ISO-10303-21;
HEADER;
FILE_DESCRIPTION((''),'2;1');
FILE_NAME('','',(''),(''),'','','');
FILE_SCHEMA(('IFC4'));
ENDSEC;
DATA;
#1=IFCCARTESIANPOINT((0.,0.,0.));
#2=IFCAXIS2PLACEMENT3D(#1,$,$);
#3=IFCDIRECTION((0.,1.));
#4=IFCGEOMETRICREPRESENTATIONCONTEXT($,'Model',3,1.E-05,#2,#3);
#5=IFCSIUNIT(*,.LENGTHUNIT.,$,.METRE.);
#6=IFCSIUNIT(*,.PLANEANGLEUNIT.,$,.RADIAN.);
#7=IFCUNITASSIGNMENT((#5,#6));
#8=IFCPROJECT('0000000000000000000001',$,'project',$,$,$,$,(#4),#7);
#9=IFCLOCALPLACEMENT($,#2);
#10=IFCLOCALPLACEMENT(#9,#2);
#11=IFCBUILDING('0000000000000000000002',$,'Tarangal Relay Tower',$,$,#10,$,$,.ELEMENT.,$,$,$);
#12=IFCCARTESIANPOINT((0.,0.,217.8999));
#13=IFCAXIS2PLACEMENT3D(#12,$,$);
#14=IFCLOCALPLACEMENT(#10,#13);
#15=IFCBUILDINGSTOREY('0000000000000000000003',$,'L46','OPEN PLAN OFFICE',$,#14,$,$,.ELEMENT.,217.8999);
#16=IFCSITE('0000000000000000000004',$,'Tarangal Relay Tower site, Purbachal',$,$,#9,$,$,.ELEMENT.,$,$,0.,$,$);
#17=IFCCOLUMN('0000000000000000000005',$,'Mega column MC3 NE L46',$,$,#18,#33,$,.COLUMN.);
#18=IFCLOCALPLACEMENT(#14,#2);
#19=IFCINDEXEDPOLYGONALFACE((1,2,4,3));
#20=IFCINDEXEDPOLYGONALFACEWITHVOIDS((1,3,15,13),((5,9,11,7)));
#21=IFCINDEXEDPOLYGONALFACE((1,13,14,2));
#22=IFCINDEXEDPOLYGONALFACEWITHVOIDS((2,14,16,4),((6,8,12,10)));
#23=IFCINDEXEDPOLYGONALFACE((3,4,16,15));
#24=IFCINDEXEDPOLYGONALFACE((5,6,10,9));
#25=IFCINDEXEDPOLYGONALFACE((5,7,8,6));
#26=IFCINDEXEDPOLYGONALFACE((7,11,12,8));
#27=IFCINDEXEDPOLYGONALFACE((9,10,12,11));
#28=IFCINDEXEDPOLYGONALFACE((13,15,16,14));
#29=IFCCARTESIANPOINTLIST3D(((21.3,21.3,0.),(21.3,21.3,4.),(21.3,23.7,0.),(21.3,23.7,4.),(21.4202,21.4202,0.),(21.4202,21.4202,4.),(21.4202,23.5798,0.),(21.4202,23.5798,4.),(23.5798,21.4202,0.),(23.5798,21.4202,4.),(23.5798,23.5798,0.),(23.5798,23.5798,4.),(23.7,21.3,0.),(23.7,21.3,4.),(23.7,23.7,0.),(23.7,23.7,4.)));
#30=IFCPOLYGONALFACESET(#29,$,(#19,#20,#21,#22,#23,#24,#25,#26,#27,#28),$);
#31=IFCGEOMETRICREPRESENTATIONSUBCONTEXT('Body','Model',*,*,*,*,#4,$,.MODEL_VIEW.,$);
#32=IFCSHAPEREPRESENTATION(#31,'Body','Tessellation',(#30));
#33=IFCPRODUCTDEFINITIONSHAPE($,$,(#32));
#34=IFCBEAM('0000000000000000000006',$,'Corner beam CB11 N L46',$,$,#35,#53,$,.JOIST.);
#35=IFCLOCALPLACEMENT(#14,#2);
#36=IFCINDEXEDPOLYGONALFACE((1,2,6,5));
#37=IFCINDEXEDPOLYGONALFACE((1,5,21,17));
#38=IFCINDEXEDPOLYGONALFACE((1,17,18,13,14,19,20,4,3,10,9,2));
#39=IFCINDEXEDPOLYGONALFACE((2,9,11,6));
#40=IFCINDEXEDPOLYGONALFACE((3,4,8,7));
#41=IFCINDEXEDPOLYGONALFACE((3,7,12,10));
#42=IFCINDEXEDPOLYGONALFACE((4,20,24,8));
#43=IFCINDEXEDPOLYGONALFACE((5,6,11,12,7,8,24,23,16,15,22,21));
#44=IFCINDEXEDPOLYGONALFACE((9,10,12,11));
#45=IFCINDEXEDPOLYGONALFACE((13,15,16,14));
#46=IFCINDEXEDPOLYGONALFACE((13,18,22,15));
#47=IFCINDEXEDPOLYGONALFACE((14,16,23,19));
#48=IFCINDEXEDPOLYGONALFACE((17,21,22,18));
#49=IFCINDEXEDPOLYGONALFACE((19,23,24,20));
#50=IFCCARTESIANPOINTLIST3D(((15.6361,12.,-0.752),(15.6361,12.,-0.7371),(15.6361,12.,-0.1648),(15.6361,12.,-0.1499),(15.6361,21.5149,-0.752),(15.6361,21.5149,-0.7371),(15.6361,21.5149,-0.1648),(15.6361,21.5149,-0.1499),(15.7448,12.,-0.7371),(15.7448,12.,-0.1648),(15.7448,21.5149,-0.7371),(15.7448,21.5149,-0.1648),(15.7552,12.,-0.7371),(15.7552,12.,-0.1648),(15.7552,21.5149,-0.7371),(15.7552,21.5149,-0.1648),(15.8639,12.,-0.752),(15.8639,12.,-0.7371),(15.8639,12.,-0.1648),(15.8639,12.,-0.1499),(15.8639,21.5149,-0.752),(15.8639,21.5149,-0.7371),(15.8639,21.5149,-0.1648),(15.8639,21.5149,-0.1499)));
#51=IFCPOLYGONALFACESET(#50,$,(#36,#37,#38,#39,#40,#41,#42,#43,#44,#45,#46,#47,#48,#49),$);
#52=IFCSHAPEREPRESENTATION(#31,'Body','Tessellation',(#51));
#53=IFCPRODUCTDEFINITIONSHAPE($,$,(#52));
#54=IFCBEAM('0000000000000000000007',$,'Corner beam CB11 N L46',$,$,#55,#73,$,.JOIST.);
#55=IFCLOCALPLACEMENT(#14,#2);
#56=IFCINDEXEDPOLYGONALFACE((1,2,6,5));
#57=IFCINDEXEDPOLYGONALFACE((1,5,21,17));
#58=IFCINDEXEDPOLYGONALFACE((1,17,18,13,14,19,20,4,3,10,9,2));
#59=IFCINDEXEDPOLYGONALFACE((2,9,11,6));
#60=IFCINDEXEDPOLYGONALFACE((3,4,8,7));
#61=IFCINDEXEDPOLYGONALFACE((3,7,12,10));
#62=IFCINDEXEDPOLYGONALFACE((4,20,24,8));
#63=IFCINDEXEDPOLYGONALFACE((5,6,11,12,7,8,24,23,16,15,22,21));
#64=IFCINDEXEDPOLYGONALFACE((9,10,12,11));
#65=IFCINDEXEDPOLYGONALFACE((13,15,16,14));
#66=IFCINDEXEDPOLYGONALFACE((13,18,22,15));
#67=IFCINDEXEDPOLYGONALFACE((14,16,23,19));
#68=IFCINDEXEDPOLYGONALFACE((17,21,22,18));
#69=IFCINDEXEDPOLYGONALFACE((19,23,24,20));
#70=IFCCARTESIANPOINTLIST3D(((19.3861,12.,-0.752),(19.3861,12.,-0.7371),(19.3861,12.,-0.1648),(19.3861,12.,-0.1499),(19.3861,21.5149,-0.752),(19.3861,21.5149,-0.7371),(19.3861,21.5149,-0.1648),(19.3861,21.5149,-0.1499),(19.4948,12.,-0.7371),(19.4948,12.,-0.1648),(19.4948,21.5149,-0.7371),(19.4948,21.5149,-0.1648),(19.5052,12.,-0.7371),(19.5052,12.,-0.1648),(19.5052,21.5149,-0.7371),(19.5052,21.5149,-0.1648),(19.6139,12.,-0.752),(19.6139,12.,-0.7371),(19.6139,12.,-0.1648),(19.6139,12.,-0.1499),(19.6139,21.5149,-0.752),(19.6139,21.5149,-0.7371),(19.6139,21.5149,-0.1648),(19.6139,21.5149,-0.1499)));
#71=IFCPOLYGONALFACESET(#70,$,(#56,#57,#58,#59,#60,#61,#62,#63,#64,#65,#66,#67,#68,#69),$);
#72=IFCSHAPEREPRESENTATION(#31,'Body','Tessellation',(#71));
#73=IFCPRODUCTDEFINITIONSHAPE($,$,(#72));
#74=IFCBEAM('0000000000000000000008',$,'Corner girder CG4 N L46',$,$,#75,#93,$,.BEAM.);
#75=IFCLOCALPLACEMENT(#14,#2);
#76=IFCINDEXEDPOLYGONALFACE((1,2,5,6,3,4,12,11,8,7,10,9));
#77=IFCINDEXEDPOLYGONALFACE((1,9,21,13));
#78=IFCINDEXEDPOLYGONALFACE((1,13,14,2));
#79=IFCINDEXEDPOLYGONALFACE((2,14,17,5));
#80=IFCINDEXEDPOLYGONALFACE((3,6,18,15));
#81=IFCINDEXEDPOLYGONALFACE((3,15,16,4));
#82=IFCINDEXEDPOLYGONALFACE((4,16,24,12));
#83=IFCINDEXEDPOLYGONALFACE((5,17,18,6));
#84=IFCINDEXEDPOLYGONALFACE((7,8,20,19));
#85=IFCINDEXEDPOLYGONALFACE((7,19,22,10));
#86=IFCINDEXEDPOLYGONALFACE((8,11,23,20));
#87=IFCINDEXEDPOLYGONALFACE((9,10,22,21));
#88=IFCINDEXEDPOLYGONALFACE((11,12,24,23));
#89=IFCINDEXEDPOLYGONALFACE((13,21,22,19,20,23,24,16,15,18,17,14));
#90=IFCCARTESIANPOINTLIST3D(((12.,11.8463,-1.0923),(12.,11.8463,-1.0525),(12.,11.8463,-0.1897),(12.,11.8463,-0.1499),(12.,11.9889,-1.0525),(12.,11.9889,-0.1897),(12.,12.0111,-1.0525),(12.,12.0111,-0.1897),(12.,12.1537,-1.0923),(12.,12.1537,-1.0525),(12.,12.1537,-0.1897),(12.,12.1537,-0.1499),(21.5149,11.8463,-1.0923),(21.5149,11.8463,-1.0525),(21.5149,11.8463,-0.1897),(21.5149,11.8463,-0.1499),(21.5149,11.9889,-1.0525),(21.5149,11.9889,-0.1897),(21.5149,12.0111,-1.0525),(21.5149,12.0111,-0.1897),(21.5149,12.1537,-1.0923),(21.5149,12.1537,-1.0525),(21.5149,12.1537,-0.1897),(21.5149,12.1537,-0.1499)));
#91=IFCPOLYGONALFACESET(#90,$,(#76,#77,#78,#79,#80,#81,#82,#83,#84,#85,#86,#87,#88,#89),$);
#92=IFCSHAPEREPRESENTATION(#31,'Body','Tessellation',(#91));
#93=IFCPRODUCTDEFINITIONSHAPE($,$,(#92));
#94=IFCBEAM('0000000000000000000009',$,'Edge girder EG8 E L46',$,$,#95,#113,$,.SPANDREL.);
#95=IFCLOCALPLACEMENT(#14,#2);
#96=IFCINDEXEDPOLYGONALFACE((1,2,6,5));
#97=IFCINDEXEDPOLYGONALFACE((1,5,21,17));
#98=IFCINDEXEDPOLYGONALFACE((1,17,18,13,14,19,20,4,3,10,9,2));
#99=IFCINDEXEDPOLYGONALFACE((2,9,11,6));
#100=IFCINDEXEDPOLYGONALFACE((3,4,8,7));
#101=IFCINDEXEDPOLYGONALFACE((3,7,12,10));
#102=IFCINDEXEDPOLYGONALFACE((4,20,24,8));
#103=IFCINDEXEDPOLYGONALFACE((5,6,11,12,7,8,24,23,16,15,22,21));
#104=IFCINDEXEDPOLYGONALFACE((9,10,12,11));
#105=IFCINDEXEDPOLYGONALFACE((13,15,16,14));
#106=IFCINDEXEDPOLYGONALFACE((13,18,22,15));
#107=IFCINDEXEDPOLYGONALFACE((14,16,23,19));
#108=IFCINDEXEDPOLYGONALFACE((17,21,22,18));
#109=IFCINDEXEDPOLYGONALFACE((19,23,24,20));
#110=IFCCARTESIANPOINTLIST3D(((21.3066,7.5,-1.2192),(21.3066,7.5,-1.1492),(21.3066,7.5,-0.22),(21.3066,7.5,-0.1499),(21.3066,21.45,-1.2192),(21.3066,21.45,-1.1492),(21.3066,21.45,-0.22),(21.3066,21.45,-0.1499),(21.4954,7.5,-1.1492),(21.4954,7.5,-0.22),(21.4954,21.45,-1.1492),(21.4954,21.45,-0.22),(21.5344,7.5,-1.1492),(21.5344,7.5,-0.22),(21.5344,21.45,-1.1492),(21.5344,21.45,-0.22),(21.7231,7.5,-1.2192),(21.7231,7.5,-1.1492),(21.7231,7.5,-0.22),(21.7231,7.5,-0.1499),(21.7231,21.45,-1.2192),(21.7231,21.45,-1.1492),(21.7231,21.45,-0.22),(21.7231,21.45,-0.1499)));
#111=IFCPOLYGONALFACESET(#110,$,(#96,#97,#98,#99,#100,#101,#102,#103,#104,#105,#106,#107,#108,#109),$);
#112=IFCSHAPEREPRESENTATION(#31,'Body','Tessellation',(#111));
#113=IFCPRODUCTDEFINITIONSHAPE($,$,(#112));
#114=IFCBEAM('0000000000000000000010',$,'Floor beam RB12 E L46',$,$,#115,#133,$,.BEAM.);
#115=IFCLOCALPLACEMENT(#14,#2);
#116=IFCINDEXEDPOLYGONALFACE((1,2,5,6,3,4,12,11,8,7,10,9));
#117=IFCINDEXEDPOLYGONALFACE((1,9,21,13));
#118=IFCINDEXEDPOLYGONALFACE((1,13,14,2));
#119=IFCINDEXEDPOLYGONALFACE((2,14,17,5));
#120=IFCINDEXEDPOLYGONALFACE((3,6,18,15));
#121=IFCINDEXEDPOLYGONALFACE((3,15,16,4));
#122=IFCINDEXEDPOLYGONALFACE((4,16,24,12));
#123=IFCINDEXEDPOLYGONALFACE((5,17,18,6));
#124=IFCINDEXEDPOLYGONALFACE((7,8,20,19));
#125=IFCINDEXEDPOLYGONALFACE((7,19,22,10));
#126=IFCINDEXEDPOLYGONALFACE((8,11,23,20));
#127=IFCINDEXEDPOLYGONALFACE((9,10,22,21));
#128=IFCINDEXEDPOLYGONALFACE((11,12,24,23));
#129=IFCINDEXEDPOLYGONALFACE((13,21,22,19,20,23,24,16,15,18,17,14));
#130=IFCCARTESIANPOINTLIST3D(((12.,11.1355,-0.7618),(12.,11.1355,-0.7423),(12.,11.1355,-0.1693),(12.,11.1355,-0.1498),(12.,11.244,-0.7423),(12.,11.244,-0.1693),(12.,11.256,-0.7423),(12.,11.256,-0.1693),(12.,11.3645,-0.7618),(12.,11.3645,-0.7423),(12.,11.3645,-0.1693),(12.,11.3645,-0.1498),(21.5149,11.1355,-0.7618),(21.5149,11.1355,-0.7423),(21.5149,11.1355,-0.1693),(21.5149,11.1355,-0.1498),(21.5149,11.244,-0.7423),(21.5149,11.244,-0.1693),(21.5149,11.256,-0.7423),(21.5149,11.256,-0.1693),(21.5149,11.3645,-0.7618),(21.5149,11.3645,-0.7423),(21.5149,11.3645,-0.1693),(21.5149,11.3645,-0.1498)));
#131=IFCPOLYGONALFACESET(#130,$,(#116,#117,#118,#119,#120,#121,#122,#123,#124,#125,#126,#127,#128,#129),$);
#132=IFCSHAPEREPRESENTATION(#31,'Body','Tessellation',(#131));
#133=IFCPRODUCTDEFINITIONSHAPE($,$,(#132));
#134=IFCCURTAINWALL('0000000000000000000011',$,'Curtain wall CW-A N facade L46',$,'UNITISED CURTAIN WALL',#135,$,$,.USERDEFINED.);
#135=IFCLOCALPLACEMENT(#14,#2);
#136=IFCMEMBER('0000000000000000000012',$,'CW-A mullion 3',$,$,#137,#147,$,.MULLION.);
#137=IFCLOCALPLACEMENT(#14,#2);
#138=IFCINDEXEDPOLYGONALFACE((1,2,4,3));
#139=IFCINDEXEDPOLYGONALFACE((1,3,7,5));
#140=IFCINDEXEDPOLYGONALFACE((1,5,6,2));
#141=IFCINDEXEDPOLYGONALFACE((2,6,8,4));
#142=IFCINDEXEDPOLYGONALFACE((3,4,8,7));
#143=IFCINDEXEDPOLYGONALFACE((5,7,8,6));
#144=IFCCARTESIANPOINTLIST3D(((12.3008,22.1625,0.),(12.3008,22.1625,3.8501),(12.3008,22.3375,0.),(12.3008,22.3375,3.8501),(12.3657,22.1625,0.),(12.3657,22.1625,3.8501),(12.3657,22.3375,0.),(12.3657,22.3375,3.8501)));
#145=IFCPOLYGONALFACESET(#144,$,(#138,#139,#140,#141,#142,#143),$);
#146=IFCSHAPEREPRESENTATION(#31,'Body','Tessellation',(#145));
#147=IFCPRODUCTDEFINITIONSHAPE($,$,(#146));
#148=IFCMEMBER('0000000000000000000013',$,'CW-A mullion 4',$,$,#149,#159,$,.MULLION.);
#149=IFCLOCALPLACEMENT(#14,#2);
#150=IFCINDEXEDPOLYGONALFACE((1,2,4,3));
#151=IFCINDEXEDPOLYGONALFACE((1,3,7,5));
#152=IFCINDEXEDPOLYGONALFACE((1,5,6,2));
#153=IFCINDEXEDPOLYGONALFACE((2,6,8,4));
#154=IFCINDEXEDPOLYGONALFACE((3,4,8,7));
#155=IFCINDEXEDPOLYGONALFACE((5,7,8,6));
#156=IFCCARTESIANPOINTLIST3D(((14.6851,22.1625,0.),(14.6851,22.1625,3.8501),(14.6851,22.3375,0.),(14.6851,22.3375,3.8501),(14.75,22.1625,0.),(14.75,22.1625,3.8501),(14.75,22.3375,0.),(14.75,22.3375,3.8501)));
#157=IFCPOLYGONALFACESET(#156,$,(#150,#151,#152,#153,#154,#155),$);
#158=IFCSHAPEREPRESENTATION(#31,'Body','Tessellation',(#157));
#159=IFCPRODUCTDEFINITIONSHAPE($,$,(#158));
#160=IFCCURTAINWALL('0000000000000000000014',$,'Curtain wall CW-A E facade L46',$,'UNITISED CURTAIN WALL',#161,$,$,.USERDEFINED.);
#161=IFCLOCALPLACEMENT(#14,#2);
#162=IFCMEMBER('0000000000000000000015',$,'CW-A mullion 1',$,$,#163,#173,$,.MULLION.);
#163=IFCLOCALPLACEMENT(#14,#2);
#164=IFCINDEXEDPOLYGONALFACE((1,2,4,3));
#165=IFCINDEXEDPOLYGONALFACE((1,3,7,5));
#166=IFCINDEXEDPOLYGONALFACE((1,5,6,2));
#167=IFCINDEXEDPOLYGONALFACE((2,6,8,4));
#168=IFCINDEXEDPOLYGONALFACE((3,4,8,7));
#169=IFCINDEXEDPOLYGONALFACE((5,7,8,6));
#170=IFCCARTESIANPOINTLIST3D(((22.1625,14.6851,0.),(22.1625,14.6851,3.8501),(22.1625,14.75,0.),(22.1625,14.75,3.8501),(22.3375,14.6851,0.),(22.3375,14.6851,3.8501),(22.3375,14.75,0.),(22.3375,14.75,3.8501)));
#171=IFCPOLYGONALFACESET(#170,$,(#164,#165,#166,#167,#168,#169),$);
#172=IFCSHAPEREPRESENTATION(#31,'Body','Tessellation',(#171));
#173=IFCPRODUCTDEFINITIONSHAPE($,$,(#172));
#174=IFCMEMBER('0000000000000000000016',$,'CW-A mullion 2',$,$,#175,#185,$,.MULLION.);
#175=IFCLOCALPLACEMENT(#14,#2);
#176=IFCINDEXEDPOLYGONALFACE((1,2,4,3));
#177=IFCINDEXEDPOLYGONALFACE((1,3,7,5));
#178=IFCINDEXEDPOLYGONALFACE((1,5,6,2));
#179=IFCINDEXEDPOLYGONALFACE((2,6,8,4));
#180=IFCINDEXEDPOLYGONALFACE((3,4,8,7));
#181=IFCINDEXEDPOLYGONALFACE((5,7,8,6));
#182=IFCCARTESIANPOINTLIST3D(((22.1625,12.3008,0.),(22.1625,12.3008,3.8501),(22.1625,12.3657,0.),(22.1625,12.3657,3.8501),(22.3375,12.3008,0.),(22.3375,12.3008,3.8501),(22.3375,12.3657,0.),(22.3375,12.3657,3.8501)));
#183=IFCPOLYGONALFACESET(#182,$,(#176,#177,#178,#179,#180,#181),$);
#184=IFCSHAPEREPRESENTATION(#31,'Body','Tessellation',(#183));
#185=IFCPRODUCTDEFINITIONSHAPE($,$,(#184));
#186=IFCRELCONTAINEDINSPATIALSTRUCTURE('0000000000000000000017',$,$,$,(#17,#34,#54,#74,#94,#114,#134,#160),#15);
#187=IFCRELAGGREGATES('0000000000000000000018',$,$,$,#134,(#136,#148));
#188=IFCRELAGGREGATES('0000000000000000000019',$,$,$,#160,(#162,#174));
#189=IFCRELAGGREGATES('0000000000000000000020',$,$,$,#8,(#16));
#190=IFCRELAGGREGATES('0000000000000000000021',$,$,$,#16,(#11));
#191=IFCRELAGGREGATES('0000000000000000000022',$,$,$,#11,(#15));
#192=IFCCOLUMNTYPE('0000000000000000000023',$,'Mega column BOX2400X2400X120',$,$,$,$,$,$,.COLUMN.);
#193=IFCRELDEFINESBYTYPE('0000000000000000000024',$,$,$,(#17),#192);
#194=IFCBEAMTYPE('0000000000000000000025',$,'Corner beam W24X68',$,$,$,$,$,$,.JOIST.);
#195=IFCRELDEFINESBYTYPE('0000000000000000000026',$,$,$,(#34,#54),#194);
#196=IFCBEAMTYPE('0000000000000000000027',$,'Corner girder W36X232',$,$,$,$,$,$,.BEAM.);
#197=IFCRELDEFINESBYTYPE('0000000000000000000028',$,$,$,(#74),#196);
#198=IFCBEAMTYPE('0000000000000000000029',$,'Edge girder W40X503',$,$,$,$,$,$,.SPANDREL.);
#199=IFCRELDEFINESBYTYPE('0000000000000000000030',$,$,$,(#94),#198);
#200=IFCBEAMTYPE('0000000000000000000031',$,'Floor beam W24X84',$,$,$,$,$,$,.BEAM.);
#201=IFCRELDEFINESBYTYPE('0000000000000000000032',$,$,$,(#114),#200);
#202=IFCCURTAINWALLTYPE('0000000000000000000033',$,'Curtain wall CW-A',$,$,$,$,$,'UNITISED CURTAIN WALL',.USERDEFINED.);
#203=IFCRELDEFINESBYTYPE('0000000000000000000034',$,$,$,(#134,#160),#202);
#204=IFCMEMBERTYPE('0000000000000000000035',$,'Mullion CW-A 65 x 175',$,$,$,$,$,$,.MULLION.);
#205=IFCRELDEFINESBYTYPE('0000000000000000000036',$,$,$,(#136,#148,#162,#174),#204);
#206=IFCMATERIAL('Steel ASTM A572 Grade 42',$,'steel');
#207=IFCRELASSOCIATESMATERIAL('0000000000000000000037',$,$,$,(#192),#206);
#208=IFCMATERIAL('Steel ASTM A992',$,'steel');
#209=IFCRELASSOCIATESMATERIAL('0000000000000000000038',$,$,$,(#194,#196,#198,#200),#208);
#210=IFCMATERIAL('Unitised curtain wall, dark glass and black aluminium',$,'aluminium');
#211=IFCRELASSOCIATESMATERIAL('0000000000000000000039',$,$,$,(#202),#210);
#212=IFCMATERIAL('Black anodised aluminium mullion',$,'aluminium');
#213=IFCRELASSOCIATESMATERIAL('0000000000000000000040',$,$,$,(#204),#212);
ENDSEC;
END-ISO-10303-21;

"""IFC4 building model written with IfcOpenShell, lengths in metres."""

from ifc_helpers import new_model, si_unit, direction, frame, origin, origin_2d, place, context, subcontext, project, spatial, rectangle, hollow_rectangle, i_section, extrude, material, material_profile, profile_set, type_object, element, aggregate, save


model = new_model("IFC4")

# Units and contexts
model_context = context("Model", 3, precision=1e-05, world=origin(), true_north=direction((0.0, 1.0)))
body_context = subcontext(model_context, "Body", "Model", "MODEL_VIEW")
ifc_project = project(units=[si_unit("LENGTHUNIT", "METRE"), si_unit("PLANEANGLEUNIT", "RADIAN")], contexts=[model_context])

# Site, building, storey
site_placement = place(None, origin())
site = spatial("IfcSite", under=ifc_project, at=site_placement, Name="Tarangal Relay Tower site, Purbachal", CompositionType="ELEMENT", RefElevation=0.0)
building_placement = place(site_placement, origin())
building = spatial("IfcBuilding", under=site, at=building_placement, Name="Tarangal Relay Tower", CompositionType="ELEMENT")
storey_placement = place(building_placement, frame((0.0, 0.0, 217.8999)))
storey = spatial("IfcBuildingStorey", under=building, at=storey_placement, Name="L46", Description="OPEN PLAN OFFICE", CompositionType="ELEMENT", Elevation=217.8999)

# Column
ifc_material_1 = material(Name="Steel ASTM A572 Grade 42", Category="steel")
ifc_material_profile_1 = material_profile(ifc_material_1, hollow_rectangle(XDim=2.3999, YDim=2.3999, WallThickness=0.1201, at=origin_2d()), Name="BOX2400X2400X120")
ifc_profile_set_1 = profile_set([ifc_material_profile_1], Name="Steel ASTM A572 Grade 42")
column_type = type_object("IfcColumnType", Name="Mega column BOX2400X2400X120", PredefinedType="COLUMN", material=ifc_profile_set_1)
column_placement = place(storey_placement, frame((22.5, 22.5, 0.0), z_axis=(0.0, 0.0, 1.0), x_axis=(1.0, 0.0, 0.0)))
element("IfcColumn", 1, at=column_placement, inside=storey, type_object=column_type, Name="Mega column MC3 NE L46", PredefinedType="COLUMN", context=body_context, shape_type="SweptSolid", body=[
    extrude(hollow_rectangle(XDim=2.3999, YDim=2.3999, WallThickness=0.1201, at=origin_2d()), origin(), (0.0, 0.0, 1.0), 4.0),
])

# Beams
ifc_material_2 = material(Name="Steel ASTM A992", Category="steel")
ifc_material_profile_2 = material_profile(ifc_material_2, i_section(OverallWidth=0.2278, OverallDepth=0.6021, WebThickness=0.0105, FlangeThickness=0.0149, at=origin_2d()), Name="W24X68")
ifc_profile_set_2 = profile_set([ifc_material_profile_2], Name="Steel ASTM A992")
beam_type_1 = type_object("IfcBeamType", Name="Corner beam W24X68", PredefinedType="JOIST", material=ifc_profile_set_2)
for number, where, z_axis, x_axis, name in (
    (2, (15.75, 12.0, -0.4509), (0.0, 1.0, 0.0), (-1.0, 0.0, 0.0), "Corner beam CB11 N L46"),
    (3, (19.5, 12.0, -0.4509), (0.0, 1.0, 0.0), (-1.0, 0.0, 0.0), "Corner beam CB11 N L46"),
):
    element("IfcBeam", number, at=place(storey_placement, frame(where, z_axis=z_axis, x_axis=x_axis)), inside=storey, type_object=beam_type_1, Name=name, PredefinedType="JOIST", context=body_context, shape_type="SweptSolid", body=[
        extrude(i_section(OverallWidth=0.2278, OverallDepth=0.6021, WebThickness=0.0105, FlangeThickness=0.0149, at=origin_2d()), origin(), (0.0, 0.0, 1.0), 9.5149),
    ])
ifc_material_profile_3 = material_profile(ifc_material_2, i_section(OverallWidth=0.3074, OverallDepth=0.9424, WebThickness=0.0222, FlangeThickness=0.0398, at=origin_2d()), Name="W36X232")
ifc_profile_set_3 = profile_set([ifc_material_profile_3], Name="Steel ASTM A992")
beam_type_2 = type_object("IfcBeamType", Name="Corner girder W36X232", PredefinedType="BEAM", material=ifc_profile_set_3)
beam_1_placement = place(storey_placement, frame((12.0, 12.0, -0.6211), z_axis=(1.0, 0.0, 0.0), x_axis=(0.0, 1.0, 0.0)))
element("IfcBeam", 4, at=beam_1_placement, inside=storey, type_object=beam_type_2, Name="Corner girder CG4 N L46", PredefinedType="BEAM", context=body_context, shape_type="SweptSolid", body=[
    extrude(i_section(OverallWidth=0.3074, OverallDepth=0.9424, WebThickness=0.0222, FlangeThickness=0.0398, at=origin_2d()), origin(), (0.0, 0.0, 1.0), 9.5149),
])
ifc_material_profile_4 = material_profile(ifc_material_2, i_section(OverallWidth=0.4165, OverallDepth=1.0693, WebThickness=0.0391, FlangeThickness=0.0701, at=origin_2d()), Name="W40X503")
ifc_profile_set_4 = profile_set([ifc_material_profile_4], Name="Steel ASTM A992")
beam_type_3 = type_object("IfcBeamType", Name="Edge girder W40X503", PredefinedType="SPANDREL", material=ifc_profile_set_4)
beam_2_placement = place(storey_placement, frame((21.5149, 21.45, -0.6846), z_axis=(0.0, -1.0, 0.0), x_axis=(1.0, 0.0, 0.0)))
element("IfcBeam", 5, at=beam_2_placement, inside=storey, type_object=beam_type_3, Name="Edge girder EG8 E L46", PredefinedType="SPANDREL", context=body_context, shape_type="SweptSolid", body=[
    extrude(i_section(OverallWidth=0.4165, OverallDepth=1.0693, WebThickness=0.0391, FlangeThickness=0.0701, at=origin_2d()), origin(), (0.0, 0.0, 1.0), 13.95),
])
ifc_material_profile_5 = material_profile(ifc_material_2, i_section(OverallWidth=0.229, OverallDepth=0.6121, WebThickness=0.012, FlangeThickness=0.0195, at=origin_2d()), Name="W24X84")
ifc_profile_set_5 = profile_set([ifc_material_profile_5], Name="Steel ASTM A992")
beam_type_4 = type_object("IfcBeamType", Name="Floor beam W24X84", PredefinedType="BEAM", material=ifc_profile_set_5)
beam_3_placement = place(storey_placement, frame((12.0, 11.25, -0.4558), z_axis=(1.0, 0.0, 0.0), x_axis=(0.0, 1.0, 0.0)))
element("IfcBeam", 6, at=beam_3_placement, inside=storey, type_object=beam_type_4, Name="Floor beam RB12 E L46", PredefinedType="BEAM", context=body_context, shape_type="SweptSolid", body=[
    extrude(i_section(OverallWidth=0.229, OverallDepth=0.6121, WebThickness=0.012, FlangeThickness=0.0195, at=origin_2d()), origin(), (0.0, 0.0, 1.0), 9.5149),
])

# Curtain walls, members
ifc_material_3 = material(Name="Unitised curtain wall, dark glass and black aluminium", Category="aluminium")
curtain_wall_type = type_object("IfcCurtainWallType", Name="Curtain wall CW-A", ElementType="UNITISED CURTAIN WALL", PredefinedType="USERDEFINED", material=ifc_material_3)
curtain_wall_1_placement = place(storey_placement, origin())
curtain_wall_1 = element("IfcCurtainWall", 7, at=curtain_wall_1_placement, inside=storey, type_object=curtain_wall_type, Name="Curtain wall CW-A N facade L46", ObjectType="UNITISED CURTAIN WALL", PredefinedType="USERDEFINED")
ifc_material_4 = material(Name="Black anodised aluminium mullion", Category="aluminium")
ifc_material_profile_6 = material_profile(ifc_material_4, rectangle(XDim=0.175, YDim=0.0649, at=origin_2d()), Name="CW-AM 65X175")
ifc_profile_set_6 = profile_set([ifc_material_profile_6], Name="Black anodised aluminium mullion")
member_type_1 = type_object("IfcMemberType", Name="Mullion CW-A 65 x 175", PredefinedType="MULLION", material=ifc_profile_set_6)
member_1_placement = place(storey_placement, frame((12.3333, 22.25, 0.0), z_axis=(0.0, 0.0, 1.0), x_axis=(0.0, 1.0, 0.0)))
member_1 = element("IfcMember", 8, at=member_1_placement, type_object=member_type_1, Name="CW-A mullion 3", PredefinedType="MULLION", context=body_context, shape_type="SweptSolid", body=[
    extrude(rectangle(XDim=0.175, YDim=0.0649, at=origin_2d()), origin(), (0.0, 0.0, 1.0), 3.8501),
])
member_2_placement = place(storey_placement, frame((14.7175, 22.25, 0.0), z_axis=(0.0, 0.0, 1.0), x_axis=(0.0, 1.0, 0.0)))
member_2 = element("IfcMember", 9, at=member_2_placement, type_object=member_type_1, Name="CW-A mullion 4", PredefinedType="MULLION", context=body_context, shape_type="SweptSolid", body=[
    extrude(rectangle(XDim=0.175, YDim=0.0649, at=origin_2d()), origin(), (0.0, 0.0, 1.0), 3.8501),
])
curtain_wall_2_placement = place(storey_placement, origin())
curtain_wall_2 = element("IfcCurtainWall", 10, at=curtain_wall_2_placement, inside=storey, type_object=curtain_wall_type, Name="Curtain wall CW-A E facade L46", ObjectType="UNITISED CURTAIN WALL", PredefinedType="USERDEFINED")
member_3_placement = place(storey_placement, frame((22.25, 14.7175, 0.0), z_axis=(0.0, 0.0, 1.0), x_axis=(1.0, 0.0, 0.0)))
member_3 = element("IfcMember", 11, at=member_3_placement, type_object=member_type_1, Name="CW-A mullion 1", PredefinedType="MULLION", context=body_context, shape_type="SweptSolid", body=[
    extrude(rectangle(XDim=0.175, YDim=0.0649, at=origin_2d()), origin(), (0.0, 0.0, 1.0), 3.8501),
])
member_4_placement = place(storey_placement, frame((22.25, 12.3333, 0.0), z_axis=(0.0, 0.0, 1.0), x_axis=(1.0, 0.0, 0.0)))
member_4 = element("IfcMember", 12, at=member_4_placement, type_object=member_type_1, Name="CW-A mullion 2", PredefinedType="MULLION", context=body_context, shape_type="SweptSolid", body=[
    extrude(rectangle(XDim=0.175, YDim=0.0649, at=origin_2d()), origin(), (0.0, 0.0, 1.0), 3.8501),
])

aggregate(curtain_wall_1, [member_1, member_2])
aggregate(curtain_wall_2, [member_3, member_4])

save(model, "model.ifc")
